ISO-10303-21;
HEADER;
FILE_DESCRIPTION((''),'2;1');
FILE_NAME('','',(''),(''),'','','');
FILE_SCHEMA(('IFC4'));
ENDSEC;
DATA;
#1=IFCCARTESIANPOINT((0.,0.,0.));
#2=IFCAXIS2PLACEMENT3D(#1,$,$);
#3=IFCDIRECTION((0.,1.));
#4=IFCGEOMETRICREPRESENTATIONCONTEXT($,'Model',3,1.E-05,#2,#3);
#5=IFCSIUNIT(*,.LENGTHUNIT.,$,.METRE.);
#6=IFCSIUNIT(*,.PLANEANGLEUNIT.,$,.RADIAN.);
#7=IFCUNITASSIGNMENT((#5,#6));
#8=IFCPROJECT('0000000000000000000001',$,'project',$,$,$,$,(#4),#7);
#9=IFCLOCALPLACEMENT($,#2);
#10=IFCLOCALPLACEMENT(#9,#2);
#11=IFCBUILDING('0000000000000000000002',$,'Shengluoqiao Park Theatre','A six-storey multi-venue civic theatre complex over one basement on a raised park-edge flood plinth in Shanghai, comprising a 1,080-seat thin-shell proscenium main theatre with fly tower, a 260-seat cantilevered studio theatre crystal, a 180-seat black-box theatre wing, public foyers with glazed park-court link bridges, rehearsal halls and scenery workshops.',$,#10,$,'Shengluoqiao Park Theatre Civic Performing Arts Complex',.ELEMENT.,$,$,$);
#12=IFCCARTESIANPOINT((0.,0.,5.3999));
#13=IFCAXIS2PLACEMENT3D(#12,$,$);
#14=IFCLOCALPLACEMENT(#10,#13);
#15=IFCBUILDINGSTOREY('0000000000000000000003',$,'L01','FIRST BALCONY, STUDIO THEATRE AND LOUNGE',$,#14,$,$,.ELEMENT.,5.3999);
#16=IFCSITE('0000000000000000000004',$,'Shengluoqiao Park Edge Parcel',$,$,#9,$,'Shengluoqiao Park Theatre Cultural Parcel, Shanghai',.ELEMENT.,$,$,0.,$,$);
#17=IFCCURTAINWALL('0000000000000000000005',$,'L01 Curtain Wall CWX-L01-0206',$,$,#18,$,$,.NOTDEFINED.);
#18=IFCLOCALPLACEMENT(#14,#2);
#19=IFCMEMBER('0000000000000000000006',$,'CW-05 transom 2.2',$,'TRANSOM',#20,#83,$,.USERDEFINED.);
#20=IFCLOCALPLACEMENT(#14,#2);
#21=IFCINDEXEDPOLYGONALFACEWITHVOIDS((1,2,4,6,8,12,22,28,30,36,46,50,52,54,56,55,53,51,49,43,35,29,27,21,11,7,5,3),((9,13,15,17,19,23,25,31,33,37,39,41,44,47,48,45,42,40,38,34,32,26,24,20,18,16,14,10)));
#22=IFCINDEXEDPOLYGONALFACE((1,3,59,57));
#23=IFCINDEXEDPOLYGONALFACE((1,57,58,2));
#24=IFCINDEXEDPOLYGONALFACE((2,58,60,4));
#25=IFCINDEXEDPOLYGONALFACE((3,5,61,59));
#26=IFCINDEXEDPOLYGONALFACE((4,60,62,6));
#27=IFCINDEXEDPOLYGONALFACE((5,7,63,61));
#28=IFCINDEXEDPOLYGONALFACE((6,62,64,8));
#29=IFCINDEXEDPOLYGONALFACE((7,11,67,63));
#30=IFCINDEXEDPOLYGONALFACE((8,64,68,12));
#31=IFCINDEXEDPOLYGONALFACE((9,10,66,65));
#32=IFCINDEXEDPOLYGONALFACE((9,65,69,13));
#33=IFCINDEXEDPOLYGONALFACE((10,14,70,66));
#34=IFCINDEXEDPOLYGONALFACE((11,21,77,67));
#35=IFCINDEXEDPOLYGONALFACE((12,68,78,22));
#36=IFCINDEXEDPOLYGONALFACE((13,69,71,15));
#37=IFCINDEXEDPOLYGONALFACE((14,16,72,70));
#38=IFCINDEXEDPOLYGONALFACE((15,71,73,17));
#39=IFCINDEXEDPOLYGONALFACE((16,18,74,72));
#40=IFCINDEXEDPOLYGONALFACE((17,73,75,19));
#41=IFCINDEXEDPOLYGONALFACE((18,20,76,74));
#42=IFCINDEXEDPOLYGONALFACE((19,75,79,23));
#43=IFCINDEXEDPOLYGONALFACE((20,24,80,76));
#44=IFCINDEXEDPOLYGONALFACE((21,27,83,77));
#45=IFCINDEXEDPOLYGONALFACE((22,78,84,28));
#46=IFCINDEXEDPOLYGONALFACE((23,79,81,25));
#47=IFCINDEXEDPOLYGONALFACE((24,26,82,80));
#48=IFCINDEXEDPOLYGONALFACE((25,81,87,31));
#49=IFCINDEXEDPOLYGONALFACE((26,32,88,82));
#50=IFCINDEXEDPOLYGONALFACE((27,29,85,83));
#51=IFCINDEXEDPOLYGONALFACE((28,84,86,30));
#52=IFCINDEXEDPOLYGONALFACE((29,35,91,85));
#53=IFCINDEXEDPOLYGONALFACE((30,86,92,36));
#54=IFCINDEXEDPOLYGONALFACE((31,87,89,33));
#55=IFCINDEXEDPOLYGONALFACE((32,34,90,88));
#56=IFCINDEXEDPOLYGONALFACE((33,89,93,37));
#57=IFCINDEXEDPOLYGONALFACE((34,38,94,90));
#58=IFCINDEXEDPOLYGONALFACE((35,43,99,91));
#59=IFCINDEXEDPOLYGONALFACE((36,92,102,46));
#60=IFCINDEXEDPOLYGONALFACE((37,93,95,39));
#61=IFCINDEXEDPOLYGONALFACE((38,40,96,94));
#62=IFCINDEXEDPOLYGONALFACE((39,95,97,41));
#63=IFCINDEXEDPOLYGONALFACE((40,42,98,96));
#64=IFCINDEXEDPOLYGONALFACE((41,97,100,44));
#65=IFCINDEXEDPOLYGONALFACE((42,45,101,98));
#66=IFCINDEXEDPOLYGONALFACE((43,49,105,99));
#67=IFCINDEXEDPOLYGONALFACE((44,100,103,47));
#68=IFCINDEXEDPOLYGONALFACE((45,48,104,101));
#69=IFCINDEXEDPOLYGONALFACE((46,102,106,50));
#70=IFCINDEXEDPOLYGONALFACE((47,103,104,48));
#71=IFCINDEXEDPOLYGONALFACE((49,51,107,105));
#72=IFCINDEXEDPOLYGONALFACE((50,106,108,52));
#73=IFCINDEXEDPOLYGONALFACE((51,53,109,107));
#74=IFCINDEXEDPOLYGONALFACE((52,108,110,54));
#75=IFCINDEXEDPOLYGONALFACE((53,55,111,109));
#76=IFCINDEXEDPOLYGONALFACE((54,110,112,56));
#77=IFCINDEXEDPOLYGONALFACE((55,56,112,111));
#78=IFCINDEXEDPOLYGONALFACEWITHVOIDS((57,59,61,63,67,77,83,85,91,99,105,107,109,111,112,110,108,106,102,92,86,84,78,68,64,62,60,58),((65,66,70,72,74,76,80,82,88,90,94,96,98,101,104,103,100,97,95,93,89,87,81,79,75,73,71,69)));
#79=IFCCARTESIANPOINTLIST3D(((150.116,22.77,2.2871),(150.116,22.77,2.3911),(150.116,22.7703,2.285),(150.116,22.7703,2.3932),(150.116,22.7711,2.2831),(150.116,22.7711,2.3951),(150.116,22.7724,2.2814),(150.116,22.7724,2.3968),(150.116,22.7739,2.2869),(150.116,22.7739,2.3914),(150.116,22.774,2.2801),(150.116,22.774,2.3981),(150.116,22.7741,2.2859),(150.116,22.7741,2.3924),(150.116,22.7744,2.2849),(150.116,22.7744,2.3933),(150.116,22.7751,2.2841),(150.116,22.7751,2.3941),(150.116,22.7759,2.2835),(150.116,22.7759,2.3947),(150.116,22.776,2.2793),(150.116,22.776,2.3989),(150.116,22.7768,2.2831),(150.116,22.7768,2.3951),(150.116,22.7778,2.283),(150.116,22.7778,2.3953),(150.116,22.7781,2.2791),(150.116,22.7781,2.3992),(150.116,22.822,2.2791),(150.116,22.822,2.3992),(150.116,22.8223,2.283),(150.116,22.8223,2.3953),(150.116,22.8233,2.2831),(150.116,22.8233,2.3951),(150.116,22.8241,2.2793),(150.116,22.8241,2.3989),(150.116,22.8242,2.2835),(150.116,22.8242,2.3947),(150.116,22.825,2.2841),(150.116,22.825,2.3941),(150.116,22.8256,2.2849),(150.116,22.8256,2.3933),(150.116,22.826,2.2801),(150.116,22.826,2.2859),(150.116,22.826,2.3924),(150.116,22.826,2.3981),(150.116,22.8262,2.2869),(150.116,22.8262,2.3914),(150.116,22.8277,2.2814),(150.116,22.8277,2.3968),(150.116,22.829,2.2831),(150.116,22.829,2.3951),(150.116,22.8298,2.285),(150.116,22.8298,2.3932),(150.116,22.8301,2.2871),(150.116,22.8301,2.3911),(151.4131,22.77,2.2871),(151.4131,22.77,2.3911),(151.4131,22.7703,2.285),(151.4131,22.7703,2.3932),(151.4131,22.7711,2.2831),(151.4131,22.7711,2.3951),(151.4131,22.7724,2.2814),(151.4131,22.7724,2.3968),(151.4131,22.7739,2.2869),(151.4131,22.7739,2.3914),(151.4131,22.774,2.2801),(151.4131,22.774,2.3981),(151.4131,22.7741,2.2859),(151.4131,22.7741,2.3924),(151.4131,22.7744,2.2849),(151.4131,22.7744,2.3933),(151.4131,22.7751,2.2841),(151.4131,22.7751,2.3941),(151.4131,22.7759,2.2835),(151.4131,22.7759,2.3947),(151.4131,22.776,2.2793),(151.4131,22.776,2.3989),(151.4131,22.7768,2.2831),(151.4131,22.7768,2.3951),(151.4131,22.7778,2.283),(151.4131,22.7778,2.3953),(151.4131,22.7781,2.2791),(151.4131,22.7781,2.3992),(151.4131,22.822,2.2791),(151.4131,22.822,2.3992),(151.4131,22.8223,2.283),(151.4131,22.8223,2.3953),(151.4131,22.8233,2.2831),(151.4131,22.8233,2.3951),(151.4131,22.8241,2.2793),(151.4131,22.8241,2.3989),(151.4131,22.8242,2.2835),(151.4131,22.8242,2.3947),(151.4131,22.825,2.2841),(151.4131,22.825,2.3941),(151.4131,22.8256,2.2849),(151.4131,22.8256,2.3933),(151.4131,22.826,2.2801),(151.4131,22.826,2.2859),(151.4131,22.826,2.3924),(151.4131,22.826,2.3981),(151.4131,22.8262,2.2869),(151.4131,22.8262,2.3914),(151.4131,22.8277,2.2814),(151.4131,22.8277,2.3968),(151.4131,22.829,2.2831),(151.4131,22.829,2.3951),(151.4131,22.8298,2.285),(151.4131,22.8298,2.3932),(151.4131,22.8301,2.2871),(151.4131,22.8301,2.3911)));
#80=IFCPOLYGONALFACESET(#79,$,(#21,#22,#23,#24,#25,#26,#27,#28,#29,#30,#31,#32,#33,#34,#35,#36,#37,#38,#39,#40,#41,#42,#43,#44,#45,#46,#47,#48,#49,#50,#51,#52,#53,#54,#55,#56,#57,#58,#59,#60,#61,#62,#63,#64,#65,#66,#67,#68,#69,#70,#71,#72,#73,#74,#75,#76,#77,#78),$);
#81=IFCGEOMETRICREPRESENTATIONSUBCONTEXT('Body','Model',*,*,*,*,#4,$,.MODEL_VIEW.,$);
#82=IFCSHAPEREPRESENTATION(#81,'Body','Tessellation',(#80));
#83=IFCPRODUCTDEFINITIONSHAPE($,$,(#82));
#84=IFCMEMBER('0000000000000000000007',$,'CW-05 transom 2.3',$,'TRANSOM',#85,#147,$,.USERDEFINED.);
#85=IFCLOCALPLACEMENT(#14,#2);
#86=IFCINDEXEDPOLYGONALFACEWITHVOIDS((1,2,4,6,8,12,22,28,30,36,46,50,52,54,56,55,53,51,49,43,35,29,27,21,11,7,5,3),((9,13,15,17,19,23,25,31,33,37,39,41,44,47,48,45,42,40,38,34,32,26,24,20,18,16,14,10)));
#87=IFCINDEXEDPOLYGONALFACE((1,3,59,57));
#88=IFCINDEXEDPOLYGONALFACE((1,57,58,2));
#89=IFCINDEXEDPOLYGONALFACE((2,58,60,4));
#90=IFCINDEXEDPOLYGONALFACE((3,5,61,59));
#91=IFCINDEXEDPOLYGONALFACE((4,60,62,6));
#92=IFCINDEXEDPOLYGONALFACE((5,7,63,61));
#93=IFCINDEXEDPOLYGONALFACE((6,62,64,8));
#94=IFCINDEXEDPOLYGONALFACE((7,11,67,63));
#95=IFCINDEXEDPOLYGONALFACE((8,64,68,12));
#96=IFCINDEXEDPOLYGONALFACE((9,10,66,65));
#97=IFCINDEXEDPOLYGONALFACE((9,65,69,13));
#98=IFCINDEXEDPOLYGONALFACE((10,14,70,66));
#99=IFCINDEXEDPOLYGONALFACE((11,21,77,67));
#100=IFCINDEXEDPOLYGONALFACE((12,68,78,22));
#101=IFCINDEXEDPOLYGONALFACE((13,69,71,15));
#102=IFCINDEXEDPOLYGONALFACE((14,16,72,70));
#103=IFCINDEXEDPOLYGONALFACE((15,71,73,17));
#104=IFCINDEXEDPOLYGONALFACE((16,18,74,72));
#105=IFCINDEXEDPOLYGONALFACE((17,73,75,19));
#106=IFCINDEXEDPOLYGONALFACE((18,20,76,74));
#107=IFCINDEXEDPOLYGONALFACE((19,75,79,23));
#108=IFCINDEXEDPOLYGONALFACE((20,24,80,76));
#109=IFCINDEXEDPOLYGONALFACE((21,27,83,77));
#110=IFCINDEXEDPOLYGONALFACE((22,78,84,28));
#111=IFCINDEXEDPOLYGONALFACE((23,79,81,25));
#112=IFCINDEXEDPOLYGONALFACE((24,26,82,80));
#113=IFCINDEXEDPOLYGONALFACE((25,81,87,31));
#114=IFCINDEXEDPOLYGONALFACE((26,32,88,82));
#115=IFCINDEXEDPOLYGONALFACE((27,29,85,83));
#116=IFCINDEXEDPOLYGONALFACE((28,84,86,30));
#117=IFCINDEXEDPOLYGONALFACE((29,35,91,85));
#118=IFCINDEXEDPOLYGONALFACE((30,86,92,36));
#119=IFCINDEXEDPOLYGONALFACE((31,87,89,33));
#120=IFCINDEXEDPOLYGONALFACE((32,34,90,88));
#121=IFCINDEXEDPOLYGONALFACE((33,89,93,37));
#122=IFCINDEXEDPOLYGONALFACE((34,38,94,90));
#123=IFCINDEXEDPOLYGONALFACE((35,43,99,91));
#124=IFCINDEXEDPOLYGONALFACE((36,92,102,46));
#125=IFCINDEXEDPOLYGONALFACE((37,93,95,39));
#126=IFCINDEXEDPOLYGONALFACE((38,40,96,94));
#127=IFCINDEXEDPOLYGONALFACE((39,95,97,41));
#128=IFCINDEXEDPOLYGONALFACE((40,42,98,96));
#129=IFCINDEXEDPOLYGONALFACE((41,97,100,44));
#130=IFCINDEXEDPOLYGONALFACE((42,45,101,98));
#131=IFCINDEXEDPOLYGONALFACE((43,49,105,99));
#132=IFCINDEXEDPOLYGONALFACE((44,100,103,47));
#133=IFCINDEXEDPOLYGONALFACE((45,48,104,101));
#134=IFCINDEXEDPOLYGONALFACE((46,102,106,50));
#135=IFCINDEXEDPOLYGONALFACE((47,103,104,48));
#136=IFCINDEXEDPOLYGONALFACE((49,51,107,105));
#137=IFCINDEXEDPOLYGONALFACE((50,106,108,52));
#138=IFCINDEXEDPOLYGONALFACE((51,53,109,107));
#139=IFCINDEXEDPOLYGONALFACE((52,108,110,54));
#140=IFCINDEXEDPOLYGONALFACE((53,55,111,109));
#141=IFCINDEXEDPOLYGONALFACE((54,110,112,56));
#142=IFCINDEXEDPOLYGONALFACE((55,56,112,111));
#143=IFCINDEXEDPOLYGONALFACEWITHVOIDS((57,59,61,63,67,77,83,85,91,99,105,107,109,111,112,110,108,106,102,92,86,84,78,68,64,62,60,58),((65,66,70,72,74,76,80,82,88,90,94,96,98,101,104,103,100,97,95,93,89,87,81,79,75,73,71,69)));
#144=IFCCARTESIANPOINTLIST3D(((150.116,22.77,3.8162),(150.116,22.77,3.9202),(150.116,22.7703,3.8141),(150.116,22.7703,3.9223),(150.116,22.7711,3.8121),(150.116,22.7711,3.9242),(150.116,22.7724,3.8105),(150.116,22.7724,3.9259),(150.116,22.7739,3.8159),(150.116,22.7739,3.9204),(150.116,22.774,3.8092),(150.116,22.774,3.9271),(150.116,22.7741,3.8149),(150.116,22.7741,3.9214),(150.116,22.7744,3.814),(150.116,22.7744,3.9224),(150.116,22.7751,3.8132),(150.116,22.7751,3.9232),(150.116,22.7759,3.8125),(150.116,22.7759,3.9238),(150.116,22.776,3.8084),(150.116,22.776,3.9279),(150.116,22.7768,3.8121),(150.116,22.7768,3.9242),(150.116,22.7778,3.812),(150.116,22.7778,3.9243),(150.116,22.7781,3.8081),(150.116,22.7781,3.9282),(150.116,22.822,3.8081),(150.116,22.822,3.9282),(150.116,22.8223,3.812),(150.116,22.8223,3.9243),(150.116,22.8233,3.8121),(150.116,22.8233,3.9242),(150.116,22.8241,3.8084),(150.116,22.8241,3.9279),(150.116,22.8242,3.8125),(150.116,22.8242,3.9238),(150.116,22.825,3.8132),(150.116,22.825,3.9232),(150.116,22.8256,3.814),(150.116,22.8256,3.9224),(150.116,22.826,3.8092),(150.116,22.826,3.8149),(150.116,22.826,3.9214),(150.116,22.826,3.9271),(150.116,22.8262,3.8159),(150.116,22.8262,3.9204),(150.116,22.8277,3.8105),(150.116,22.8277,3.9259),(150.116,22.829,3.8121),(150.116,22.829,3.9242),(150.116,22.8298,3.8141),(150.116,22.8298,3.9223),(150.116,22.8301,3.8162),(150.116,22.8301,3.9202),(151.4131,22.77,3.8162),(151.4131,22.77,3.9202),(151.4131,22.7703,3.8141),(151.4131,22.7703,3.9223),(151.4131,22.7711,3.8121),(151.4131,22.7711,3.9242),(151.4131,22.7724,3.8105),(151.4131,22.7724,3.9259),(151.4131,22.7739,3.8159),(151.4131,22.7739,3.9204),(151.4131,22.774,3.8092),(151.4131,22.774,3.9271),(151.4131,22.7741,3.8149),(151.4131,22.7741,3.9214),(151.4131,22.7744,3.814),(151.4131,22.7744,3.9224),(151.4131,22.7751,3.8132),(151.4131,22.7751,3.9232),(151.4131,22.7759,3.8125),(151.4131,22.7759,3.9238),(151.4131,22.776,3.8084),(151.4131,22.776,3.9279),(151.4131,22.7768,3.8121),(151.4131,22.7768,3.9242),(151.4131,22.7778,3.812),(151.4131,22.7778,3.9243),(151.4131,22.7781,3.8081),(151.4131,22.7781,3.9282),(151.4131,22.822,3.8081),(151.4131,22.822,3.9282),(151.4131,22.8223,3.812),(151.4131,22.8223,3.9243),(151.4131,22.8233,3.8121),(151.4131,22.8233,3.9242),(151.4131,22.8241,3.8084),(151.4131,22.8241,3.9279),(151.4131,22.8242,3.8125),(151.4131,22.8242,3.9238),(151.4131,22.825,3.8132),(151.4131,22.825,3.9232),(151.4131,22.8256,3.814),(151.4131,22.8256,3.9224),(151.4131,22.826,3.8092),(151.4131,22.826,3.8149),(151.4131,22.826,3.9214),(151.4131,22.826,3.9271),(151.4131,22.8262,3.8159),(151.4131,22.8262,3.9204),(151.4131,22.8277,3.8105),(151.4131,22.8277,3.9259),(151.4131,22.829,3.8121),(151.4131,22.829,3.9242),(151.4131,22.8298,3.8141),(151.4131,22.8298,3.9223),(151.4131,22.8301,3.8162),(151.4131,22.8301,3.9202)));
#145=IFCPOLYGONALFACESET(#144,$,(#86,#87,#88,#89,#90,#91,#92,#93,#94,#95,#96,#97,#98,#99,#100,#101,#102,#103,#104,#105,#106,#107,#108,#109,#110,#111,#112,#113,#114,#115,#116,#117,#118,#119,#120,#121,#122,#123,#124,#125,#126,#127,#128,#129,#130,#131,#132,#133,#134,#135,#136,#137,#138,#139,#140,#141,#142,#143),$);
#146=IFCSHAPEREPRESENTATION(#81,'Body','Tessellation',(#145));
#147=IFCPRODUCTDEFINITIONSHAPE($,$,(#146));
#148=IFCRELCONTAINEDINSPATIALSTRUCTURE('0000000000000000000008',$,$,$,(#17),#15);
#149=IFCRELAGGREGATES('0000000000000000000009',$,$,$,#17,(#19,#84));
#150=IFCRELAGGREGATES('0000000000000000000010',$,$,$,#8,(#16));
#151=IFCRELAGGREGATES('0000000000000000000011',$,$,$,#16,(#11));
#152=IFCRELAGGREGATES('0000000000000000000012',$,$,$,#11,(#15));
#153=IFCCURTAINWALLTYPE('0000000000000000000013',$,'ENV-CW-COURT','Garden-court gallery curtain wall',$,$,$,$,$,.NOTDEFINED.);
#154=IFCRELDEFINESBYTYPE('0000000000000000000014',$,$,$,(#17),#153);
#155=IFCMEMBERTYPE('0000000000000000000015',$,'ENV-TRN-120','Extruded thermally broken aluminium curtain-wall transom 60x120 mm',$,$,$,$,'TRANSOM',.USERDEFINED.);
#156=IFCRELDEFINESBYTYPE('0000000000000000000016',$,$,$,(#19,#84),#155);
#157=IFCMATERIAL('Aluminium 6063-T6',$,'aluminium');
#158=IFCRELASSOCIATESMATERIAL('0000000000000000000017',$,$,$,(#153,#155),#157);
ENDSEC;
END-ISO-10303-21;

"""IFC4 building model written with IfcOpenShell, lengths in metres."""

from ifc_helpers import new_model, si_unit, direction, frame, origin, origin_2d, place, context, subcontext, project, spatial, hollow_rectangle, extrude, material, material_profile, profile_set, type_object, element, aggregate, save


model = new_model("IFC4")

# Units and contexts
model_context = context("Model", 3, precision=1e-05, world=origin(), true_north=direction((0.0, 1.0)))
body_context = subcontext(model_context, "Body", "Model", "MODEL_VIEW")
ifc_project = project(units=[si_unit("LENGTHUNIT", "METRE"), si_unit("PLANEANGLEUNIT", "RADIAN")], contexts=[model_context])

# Site, building, storey
site_placement = place(None, origin())
site = spatial("IfcSite", under=ifc_project, at=site_placement, Name="Shengluoqiao Park Edge Parcel", LongName="Shengluoqiao Park Theatre Cultural Parcel, Shanghai", CompositionType="ELEMENT", RefElevation=0.0)
building_placement = place(site_placement, origin())
building = spatial("IfcBuilding", under=site, at=building_placement, Name="Shengluoqiao Park Theatre", Description="A six-storey multi-venue civic theatre complex over one basement on a raised park-edge flood plinth in Shanghai, comprising a 1,080-seat thin-shell proscenium main theatre with fly tower, a 260-seat cantilevered studio theatre crystal, a 180-seat black-box theatre wing, public foyers with glazed park-court link bridges, rehearsal halls and scenery workshops.", LongName="Shengluoqiao Park Theatre Civic Performing Arts Complex", CompositionType="ELEMENT")
storey_placement = place(building_placement, frame((0.0, 0.0, 5.3999)))
storey = spatial("IfcBuildingStorey", under=building, at=storey_placement, Name="L01", Description="FIRST BALCONY, STUDIO THEATRE AND LOUNGE", CompositionType="ELEMENT", Elevation=5.3999)

# Shared definitions
ifc_material_1 = material(Name="Aluminium 6063-T6", Category="aluminium")
curtain_wall_type = type_object("IfcCurtainWallType", Name="ENV-CW-COURT", Description="Garden-court gallery curtain wall", PredefinedType="NOTDEFINED", material=ifc_material_1)

# Curtain wall, members
curtain_wall_1_placement = place(storey_placement, origin())
curtain_wall_1 = element("IfcCurtainWall", 1, at=curtain_wall_1_placement, inside=storey, type_object=curtain_wall_type, Name="L01 Curtain Wall CWX-L01-0206", PredefinedType="NOTDEFINED")
ifc_material_profile_1 = material_profile(ifc_material_1, hollow_rectangle(XDim=0.0601, YDim=0.1201, WallThickness=0.0039, InnerFilletRadius=0.0039, OuterFilletRadius=0.0081, at=origin_2d()), Name="ALU TRANSOM 120x60x4")
ifc_profile_set_1 = profile_set([ifc_material_profile_1], Name="Aluminium 6063-T6")
member_type_1 = type_object("IfcMemberType", Name="ENV-TRN-120", Description="Extruded thermally broken aluminium curtain-wall transom 60x120 mm", ElementType="TRANSOM", PredefinedType="USERDEFINED", material=ifc_profile_set_1)
member_1_placement = place(storey_placement, frame((150.116, 22.8, 2.3391), z_axis=(1.0, 0.0, 0.0), x_axis=(0.0, 1.0, 0.0)))
member_1 = element("IfcMember", 2, at=member_1_placement, type_object=member_type_1, Name="CW-05 transom 2.2", ObjectType="TRANSOM", PredefinedType="USERDEFINED", context=body_context, shape_type="SweptSolid", body=[
    extrude(hollow_rectangle(XDim=0.0601, YDim=0.1201, WallThickness=0.0039, InnerFilletRadius=0.0039, OuterFilletRadius=0.0081, at=origin_2d()), origin(), (0.0, 0.0, 1.0), 1.2971),
])
member_2_placement = place(storey_placement, frame((150.116, 22.8, 3.8682), z_axis=(1.0, 0.0, 0.0), x_axis=(0.0, 1.0, 0.0)))
member_2 = element("IfcMember", 3, at=member_2_placement, type_object=member_type_1, Name="CW-05 transom 2.3", ObjectType="TRANSOM", PredefinedType="USERDEFINED", context=body_context, shape_type="SweptSolid", body=[
    extrude(hollow_rectangle(XDim=0.0601, YDim=0.1201, WallThickness=0.0039, InnerFilletRadius=0.0039, OuterFilletRadius=0.0081, at=origin_2d()), origin(), (0.0, 0.0, 1.0), 1.2971),
])

aggregate(curtain_wall_1, [member_1, member_2])

save(model, "model.ifc")
